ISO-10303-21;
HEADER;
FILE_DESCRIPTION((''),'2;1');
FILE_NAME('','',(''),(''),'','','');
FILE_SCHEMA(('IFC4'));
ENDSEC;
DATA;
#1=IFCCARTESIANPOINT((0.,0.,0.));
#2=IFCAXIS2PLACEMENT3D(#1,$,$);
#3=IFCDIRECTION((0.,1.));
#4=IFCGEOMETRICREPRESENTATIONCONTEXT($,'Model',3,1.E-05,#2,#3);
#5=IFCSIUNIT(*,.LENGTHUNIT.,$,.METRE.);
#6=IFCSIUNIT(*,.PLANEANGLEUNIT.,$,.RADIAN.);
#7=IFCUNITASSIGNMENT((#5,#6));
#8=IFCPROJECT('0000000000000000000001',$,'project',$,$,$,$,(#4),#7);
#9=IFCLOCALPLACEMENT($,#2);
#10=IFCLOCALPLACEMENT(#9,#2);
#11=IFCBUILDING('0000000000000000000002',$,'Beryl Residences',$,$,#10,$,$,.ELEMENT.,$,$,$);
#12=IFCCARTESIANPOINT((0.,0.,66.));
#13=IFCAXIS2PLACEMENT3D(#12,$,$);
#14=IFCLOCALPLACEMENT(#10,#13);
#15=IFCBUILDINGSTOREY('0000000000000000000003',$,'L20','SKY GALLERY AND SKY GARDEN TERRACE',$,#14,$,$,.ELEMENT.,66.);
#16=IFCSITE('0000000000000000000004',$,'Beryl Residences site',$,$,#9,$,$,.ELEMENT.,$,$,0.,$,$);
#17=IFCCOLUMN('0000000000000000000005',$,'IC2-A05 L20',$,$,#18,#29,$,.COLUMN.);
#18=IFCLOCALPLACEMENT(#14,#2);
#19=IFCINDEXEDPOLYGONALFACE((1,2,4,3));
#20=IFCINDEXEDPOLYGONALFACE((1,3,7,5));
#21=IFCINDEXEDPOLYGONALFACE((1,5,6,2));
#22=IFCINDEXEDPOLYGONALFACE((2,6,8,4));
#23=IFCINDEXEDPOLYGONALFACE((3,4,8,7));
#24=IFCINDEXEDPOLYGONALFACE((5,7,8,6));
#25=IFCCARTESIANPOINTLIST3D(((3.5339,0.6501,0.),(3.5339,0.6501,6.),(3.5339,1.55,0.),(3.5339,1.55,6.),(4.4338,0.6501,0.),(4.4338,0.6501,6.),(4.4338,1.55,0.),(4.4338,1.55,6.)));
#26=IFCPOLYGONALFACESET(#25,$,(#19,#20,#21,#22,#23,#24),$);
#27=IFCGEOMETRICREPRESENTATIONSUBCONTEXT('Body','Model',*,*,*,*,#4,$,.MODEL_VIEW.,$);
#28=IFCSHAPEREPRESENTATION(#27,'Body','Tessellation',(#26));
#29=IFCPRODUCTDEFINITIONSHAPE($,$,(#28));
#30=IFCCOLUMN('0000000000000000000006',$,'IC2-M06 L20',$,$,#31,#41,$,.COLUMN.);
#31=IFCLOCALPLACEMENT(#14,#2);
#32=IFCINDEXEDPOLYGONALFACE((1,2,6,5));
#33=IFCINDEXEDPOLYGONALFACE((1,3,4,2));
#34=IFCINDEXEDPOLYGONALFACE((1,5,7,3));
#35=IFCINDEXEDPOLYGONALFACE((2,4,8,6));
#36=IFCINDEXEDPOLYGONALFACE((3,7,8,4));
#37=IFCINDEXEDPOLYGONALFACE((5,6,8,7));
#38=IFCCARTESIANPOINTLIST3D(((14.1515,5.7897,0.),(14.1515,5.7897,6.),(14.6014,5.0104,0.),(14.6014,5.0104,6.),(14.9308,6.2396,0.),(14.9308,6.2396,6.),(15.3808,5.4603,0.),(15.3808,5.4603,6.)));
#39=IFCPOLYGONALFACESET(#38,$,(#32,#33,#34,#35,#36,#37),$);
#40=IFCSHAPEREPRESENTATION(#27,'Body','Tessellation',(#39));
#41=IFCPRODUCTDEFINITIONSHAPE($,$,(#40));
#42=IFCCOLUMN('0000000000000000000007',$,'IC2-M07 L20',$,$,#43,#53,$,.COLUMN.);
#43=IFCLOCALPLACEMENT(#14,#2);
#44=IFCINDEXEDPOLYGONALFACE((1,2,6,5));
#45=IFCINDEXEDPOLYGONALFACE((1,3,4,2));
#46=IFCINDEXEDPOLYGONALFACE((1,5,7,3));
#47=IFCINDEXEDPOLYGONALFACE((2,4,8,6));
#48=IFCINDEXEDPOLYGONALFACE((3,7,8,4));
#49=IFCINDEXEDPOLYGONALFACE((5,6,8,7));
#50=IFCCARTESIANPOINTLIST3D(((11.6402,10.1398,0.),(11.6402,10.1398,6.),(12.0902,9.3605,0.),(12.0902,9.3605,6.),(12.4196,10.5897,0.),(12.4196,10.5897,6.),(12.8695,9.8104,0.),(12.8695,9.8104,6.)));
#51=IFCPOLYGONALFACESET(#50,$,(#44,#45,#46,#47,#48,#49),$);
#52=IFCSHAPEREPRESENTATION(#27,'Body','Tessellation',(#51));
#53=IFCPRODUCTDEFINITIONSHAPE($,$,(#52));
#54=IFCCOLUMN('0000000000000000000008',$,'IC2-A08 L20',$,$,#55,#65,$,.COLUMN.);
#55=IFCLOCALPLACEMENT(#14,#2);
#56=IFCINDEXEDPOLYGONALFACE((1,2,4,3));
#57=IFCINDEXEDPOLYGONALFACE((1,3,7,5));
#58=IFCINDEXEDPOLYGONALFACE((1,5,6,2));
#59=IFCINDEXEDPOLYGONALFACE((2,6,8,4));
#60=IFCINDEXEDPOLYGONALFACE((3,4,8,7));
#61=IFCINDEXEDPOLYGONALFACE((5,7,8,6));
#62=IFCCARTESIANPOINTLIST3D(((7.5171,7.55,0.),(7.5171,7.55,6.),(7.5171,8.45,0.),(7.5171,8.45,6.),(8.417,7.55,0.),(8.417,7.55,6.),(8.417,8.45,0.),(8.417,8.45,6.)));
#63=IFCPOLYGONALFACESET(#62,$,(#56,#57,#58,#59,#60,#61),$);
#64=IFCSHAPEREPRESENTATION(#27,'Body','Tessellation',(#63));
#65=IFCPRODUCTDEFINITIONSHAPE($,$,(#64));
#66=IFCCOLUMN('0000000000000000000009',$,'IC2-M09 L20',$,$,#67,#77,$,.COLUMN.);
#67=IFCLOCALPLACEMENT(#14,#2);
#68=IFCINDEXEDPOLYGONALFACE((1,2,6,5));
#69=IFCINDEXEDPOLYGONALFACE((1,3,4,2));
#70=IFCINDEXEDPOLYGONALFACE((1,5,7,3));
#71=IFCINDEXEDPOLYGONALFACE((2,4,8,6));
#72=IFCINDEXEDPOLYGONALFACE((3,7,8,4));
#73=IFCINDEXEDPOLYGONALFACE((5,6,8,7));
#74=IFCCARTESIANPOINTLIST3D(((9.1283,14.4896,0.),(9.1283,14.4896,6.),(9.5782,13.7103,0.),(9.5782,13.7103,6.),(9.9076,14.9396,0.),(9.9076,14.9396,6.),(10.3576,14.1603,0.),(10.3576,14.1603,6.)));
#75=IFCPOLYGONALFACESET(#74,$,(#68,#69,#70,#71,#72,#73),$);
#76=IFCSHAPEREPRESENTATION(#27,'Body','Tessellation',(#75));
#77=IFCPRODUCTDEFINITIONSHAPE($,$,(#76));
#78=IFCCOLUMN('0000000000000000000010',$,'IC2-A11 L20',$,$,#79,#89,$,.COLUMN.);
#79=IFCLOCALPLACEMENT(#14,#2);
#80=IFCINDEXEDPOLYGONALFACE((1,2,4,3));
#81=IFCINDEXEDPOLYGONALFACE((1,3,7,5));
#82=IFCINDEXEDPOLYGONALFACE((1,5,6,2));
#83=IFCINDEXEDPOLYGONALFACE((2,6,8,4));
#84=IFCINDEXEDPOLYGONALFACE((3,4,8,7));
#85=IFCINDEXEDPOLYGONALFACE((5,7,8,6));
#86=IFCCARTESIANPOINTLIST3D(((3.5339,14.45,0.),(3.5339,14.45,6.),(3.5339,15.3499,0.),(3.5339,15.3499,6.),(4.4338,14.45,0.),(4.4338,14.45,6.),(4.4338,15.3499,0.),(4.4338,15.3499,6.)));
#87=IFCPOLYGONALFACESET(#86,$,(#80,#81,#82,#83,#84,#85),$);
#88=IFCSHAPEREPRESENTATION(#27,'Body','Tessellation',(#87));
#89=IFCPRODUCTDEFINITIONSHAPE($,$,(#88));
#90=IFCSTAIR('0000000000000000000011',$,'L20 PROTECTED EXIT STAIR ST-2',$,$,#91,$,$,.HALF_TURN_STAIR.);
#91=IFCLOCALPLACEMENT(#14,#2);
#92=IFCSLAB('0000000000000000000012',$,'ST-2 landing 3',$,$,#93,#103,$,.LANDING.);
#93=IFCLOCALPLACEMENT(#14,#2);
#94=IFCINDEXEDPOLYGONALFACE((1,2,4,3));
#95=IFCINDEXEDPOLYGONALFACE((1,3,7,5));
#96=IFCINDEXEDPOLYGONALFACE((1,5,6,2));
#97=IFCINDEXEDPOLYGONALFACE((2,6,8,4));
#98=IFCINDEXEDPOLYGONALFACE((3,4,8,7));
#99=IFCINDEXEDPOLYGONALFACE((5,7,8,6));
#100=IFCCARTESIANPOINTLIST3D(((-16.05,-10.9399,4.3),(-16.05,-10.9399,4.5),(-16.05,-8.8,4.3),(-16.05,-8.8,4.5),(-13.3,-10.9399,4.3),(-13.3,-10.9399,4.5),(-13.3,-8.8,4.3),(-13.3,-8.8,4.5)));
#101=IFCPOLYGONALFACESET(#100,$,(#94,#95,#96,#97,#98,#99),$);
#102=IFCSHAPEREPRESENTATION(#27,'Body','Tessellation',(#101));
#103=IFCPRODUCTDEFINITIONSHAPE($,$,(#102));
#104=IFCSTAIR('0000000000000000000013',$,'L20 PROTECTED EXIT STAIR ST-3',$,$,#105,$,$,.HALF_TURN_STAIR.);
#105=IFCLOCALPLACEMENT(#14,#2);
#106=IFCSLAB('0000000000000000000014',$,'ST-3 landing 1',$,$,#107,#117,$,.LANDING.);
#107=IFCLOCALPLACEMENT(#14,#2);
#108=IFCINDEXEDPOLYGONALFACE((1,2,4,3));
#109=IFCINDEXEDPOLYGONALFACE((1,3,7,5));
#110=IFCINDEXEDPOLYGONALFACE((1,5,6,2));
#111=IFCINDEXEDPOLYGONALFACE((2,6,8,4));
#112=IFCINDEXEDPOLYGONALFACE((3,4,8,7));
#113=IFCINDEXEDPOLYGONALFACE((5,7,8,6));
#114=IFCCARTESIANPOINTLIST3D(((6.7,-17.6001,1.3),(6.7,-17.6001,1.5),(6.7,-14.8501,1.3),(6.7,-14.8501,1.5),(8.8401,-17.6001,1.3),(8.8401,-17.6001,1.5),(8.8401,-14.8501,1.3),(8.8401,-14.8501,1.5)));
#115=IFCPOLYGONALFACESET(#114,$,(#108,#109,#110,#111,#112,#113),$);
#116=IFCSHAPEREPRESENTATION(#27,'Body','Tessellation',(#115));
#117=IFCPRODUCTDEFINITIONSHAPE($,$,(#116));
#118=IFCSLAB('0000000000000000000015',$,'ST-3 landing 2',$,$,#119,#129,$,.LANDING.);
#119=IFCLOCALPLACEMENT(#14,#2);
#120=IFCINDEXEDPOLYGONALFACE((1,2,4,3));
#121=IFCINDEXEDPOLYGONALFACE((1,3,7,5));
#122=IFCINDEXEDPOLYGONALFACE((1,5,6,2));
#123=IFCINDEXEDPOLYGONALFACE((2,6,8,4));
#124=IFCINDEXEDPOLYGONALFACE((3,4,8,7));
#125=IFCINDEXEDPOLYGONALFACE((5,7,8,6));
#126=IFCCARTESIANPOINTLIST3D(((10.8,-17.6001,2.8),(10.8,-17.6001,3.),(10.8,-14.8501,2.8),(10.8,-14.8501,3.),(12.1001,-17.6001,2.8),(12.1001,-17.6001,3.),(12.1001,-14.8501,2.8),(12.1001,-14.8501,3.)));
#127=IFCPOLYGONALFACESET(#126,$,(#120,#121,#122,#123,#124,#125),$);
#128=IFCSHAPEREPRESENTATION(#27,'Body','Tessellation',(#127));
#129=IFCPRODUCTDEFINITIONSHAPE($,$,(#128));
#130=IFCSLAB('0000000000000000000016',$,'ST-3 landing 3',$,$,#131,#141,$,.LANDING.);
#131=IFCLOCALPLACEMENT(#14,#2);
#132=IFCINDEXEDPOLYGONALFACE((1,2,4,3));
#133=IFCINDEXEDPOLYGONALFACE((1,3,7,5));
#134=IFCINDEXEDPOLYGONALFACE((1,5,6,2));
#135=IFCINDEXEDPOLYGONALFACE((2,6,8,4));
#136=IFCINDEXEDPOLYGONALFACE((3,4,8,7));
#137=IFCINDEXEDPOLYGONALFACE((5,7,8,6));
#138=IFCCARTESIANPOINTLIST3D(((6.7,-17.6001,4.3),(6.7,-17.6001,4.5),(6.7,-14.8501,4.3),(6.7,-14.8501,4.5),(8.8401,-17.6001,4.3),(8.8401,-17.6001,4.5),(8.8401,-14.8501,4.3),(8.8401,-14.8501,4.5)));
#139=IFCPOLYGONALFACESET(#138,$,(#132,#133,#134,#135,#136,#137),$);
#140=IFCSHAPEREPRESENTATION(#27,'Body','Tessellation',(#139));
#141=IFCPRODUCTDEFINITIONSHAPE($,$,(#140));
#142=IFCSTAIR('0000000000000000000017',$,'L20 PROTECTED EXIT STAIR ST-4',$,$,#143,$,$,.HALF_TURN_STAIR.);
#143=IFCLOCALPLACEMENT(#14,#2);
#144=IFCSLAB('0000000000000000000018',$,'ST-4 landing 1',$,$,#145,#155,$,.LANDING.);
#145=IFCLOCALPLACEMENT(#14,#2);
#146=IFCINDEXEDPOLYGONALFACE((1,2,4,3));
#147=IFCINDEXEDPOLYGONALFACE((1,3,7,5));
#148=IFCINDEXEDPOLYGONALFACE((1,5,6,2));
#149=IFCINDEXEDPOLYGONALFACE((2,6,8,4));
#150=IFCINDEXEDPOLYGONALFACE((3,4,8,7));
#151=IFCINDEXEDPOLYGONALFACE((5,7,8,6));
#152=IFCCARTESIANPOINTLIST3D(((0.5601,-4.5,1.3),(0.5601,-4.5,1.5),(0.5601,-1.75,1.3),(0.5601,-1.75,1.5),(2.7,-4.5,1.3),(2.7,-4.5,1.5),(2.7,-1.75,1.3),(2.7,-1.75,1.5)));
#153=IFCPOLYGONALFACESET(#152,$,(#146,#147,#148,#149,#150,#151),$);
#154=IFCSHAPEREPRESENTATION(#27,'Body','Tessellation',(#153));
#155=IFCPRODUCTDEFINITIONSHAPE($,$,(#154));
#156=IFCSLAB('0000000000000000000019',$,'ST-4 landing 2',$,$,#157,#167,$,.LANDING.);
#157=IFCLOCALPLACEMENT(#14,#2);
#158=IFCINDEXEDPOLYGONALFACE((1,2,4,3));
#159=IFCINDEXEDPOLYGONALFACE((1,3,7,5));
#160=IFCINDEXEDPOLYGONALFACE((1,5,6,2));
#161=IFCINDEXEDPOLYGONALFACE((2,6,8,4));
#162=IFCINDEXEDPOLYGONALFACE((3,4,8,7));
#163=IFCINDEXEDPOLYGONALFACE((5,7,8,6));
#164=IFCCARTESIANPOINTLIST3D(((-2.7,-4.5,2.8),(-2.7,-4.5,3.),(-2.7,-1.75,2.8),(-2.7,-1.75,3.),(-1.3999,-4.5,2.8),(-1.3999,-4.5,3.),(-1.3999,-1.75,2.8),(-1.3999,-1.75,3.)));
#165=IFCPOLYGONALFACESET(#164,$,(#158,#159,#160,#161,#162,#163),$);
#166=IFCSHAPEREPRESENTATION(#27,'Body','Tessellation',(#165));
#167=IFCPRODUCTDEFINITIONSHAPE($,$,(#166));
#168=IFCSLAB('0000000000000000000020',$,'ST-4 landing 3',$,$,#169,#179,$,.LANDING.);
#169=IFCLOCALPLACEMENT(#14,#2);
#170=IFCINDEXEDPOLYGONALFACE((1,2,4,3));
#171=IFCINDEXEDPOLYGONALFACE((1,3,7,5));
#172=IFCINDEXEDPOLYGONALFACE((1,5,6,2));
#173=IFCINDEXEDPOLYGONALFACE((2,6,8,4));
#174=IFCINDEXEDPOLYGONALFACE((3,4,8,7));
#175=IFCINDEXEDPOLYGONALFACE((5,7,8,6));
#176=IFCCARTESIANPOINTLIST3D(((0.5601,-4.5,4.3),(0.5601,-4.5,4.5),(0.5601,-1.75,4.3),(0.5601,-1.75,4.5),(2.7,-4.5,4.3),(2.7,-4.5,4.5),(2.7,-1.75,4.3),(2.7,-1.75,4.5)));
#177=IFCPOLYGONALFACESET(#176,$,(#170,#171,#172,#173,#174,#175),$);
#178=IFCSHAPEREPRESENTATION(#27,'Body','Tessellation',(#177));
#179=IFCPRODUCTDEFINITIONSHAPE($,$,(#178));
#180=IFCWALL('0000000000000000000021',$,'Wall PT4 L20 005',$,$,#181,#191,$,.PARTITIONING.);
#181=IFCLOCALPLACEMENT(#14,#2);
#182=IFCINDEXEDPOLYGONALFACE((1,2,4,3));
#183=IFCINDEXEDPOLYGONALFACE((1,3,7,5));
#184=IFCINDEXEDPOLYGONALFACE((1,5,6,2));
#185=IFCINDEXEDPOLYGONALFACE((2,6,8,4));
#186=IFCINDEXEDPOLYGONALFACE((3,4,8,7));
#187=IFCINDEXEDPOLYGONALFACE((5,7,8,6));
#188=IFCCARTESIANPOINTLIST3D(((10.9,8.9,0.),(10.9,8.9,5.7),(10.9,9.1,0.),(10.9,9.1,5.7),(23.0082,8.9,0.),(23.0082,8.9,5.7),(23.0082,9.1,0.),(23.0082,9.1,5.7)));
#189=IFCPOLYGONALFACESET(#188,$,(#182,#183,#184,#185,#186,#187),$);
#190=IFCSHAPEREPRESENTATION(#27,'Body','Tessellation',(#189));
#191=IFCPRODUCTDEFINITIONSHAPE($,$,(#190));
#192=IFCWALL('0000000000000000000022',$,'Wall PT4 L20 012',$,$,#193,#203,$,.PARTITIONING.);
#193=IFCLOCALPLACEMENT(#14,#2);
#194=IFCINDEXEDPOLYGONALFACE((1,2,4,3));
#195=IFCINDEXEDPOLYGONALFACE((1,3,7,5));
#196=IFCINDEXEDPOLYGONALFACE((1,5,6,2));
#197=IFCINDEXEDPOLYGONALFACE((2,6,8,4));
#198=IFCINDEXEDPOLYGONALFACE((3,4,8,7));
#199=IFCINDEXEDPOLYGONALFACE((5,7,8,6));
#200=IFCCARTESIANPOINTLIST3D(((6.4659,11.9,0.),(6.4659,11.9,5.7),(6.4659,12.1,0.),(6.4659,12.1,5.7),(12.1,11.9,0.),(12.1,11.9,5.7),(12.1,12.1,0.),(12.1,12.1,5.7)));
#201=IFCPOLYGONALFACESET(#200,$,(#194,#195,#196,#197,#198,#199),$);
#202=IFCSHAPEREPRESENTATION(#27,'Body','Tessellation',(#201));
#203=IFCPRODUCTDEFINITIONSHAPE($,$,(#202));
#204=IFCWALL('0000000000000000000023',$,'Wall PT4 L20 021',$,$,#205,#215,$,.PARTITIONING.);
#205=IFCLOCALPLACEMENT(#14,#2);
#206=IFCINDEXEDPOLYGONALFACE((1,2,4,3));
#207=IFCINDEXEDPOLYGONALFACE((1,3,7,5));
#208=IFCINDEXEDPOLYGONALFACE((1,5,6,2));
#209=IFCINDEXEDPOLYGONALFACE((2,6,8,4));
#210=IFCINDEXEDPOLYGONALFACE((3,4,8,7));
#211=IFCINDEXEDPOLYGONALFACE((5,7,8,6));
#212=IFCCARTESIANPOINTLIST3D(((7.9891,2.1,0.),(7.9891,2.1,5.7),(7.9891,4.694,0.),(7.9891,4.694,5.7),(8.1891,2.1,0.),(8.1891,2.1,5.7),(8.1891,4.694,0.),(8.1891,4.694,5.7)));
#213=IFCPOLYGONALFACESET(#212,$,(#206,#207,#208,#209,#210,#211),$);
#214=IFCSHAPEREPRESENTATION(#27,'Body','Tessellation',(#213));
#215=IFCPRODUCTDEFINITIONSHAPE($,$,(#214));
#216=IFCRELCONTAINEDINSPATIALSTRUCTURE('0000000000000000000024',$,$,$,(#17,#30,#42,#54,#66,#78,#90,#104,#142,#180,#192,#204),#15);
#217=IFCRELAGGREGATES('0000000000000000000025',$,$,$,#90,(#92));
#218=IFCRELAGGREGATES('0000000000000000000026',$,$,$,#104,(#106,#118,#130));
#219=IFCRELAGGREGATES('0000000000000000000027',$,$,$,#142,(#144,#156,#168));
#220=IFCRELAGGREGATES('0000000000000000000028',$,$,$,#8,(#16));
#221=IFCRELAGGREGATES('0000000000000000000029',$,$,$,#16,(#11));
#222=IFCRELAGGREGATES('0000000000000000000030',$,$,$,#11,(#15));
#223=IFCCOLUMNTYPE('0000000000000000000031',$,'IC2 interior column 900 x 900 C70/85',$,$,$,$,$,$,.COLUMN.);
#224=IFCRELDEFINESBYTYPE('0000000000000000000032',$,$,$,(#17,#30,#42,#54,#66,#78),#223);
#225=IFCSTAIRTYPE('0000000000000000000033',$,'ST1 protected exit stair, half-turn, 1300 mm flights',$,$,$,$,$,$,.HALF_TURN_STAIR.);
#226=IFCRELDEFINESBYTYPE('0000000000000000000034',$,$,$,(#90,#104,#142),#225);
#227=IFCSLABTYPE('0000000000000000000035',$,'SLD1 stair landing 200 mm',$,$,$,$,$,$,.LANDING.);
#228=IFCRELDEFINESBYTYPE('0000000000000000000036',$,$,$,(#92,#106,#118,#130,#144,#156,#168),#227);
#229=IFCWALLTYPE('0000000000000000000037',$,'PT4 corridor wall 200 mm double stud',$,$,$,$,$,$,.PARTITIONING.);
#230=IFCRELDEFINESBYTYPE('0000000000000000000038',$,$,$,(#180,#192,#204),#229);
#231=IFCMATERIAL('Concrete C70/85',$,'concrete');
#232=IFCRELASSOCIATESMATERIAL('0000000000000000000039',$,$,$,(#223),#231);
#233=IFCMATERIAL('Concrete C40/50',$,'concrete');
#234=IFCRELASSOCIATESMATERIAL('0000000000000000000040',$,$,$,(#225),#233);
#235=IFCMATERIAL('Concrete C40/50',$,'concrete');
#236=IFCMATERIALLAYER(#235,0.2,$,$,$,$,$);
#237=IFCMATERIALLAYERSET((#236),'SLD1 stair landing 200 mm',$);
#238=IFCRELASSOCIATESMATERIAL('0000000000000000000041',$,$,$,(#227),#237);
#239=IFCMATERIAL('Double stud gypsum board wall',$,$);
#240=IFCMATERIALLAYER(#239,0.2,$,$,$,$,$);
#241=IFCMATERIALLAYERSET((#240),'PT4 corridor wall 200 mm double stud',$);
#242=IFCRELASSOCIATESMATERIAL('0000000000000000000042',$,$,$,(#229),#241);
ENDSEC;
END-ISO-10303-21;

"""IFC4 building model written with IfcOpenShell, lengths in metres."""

from ifc_helpers import new_model, si_unit, direction, frame, frame_2d, origin, origin_2d, place, context, subcontext, project, spatial, polyline, rectangle, outline, extrude, material, layer, layer_set, material_profile, profile_set, type_object, element, aggregate, save


model = new_model("IFC4")

# Units and contexts
model_context = context("Model", 3, precision=1e-05, world=origin(), true_north=direction((0.0, 1.0)))
body_context = subcontext(model_context, "Body", "Model", "MODEL_VIEW")
ifc_project = project(units=[si_unit("LENGTHUNIT", "METRE"), si_unit("PLANEANGLEUNIT", "RADIAN")], contexts=[model_context])

# Site, building, storey
site_placement = place(None, origin())
site = spatial("IfcSite", under=ifc_project, at=site_placement, Name="Beryl Residences site", CompositionType="ELEMENT", RefElevation=0.0)
building_placement = place(site_placement, origin())
building = spatial("IfcBuilding", under=site, at=building_placement, Name="Beryl Residences", CompositionType="ELEMENT")
storey_placement = place(building_placement, frame((0.0, 0.0, 66.0)))
storey = spatial("IfcBuildingStorey", under=building, at=storey_placement, Name="L20", Description="SKY GALLERY AND SKY GARDEN TERRACE", CompositionType="ELEMENT", Elevation=66.0)

# Columns
ifc_material_1 = material(Name="Concrete C70/85", Category="concrete")
ifc_material_profile = material_profile(ifc_material_1, rectangle(XDim=0.8999, YDim=0.8999, at=origin_2d()))
ifc_profile_set = profile_set([ifc_material_profile], Name="Concrete C70/85")
column_type = type_object("IfcColumnType", Name="IC2 interior column 900 x 900 C70/85", PredefinedType="COLUMN", material=ifc_profile_set)
for number, where, z_axis, x_axis, name in (
    (1, (3.9839, 1.1001, 0.0), (0.0, 0.0, 1.0), (1.0, 0.0, 0.0), "IC2-A05 L20"),
    (2, (14.7661, 5.625, 0.0), (0.0, 0.0, 1.0), (-0.5, 0.866025, 0.0), "IC2-M06 L20"),
    (3, (12.2549, 9.9751, 0.0), (0.0, 0.0, 1.0), (-0.5, 0.866025, 0.0), "IC2-M07 L20"),
    (4, (7.967, 8.0, 0.0), (0.0, 0.0, 1.0), (1.0, 0.0, 0.0), "IC2-A08 L20"),
    (5, (9.7429, 14.325, 0.0), (0.0, 0.0, 1.0), (-0.5, 0.866025, 0.0), "IC2-M09 L20"),
    (6, (3.9839, 14.8999, 0.0), (0.0, 0.0, 1.0), (1.0, 0.0, 0.0), "IC2-A11 L20"),
):
    element("IfcColumn", number, at=place(storey_placement, frame(where, z_axis=z_axis, x_axis=x_axis)), inside=storey, type_object=column_type, Name=name, PredefinedType="COLUMN", context=body_context, shape_type="SweptSolid", body=[
        extrude(rectangle(XDim=0.8999, YDim=0.8999, at=origin_2d()), origin(), (0.0, 0.0, 1.0), 6.0),
    ])

# Stair, slab
ifc_material_2 = material(Name="Concrete C40/50", Category="concrete")
stair_type = type_object("IfcStairType", Name="ST1 protected exit stair, half-turn, 1300 mm flights", PredefinedType="HALF_TURN_STAIR", material=ifc_material_2)
stair_1_placement = place(storey_placement, origin())
stair_1 = element("IfcStair", 7, at=stair_1_placement, inside=storey, type_object=stair_type, Name="L20 PROTECTED EXIT STAIR ST-2", PredefinedType="HALF_TURN_STAIR")
ifc_material_3 = material(Name="Concrete C40/50", Category="concrete")
ifc_layer_1 = layer(ifc_material_3, 0.2)
ifc_layer_set_1 = layer_set([ifc_layer_1], Name="SLD1 stair landing 200 mm")
slab_type = type_object("IfcSlabType", Name="SLD1 stair landing 200 mm", PredefinedType="LANDING", material=ifc_layer_set_1)
slab_1_placement = place(storey_placement, frame((0.0, 0.0, 4.3)))
slab_1 = element("IfcSlab", 8, at=slab_1_placement, type_object=slab_type, Name="ST-2 landing 3", PredefinedType="LANDING", context=body_context, shape_type="SweptSolid", body=[
    extrude(outline(polyline([(-13.3, -10.9399), (-13.3, -8.8), (-16.05, -8.8), (-16.05, -10.9399), (-13.3, -10.9399)])), origin(), (0.0, 0.0, 1.0), 0.2),
])
aggregate(stair_1, [slab_1])

# Stairs, slabs
stair_2_placement = place(storey_placement, origin())
stair_2 = element("IfcStair", 9, at=stair_2_placement, inside=storey, type_object=stair_type, Name="L20 PROTECTED EXIT STAIR ST-3", PredefinedType="HALF_TURN_STAIR")
slab_2_placement = place(storey_placement, frame((0.0, 0.0, 1.3)))
slab_2 = element("IfcSlab", 10, at=slab_2_placement, type_object=slab_type, Name="ST-3 landing 1", PredefinedType="LANDING", context=body_context, shape_type="SweptSolid", body=[
    extrude(outline(polyline([(8.8401, -14.8501), (6.7, -14.8501), (6.7, -17.6001), (8.8401, -17.6001), (8.8401, -14.8501)])), origin(), (0.0, 0.0, 1.0), 0.2),
])
slab_3_placement = place(storey_placement, frame((0.0, 0.0, 2.8)))
slab_3 = element("IfcSlab", 11, at=slab_3_placement, type_object=slab_type, Name="ST-3 landing 2", PredefinedType="LANDING", context=body_context, shape_type="SweptSolid", body=[
    extrude(outline(polyline([(12.1001, -14.8501), (10.8, -14.8501), (10.8, -17.6001), (12.1001, -17.6001), (12.1001, -14.8501)])), origin(), (0.0, 0.0, 1.0), 0.2),
])
slab_4_placement = place(storey_placement, frame((0.0, 0.0, 4.3)))
slab_4 = element("IfcSlab", 12, at=slab_4_placement, type_object=slab_type, Name="ST-3 landing 3", PredefinedType="LANDING", context=body_context, shape_type="SweptSolid", body=[
    extrude(outline(polyline([(8.8401, -14.8501), (6.7, -14.8501), (6.7, -17.6001), (8.8401, -17.6001), (8.8401, -14.8501)])), origin(), (0.0, 0.0, 1.0), 0.2),
])
aggregate(stair_2, [slab_2, slab_3, slab_4])
stair_3_placement = place(storey_placement, origin())
stair_3 = element("IfcStair", 13, at=stair_3_placement, inside=storey, type_object=stair_type, Name="L20 PROTECTED EXIT STAIR ST-4", PredefinedType="HALF_TURN_STAIR")
slab_5_placement = place(storey_placement, frame((0.0, 0.0, 1.3)))
slab_5 = element("IfcSlab", 14, at=slab_5_placement, type_object=slab_type, Name="ST-4 landing 1", PredefinedType="LANDING", context=body_context, shape_type="SweptSolid", body=[
    extrude(outline(polyline([(0.5601, -4.5), (2.7, -4.5), (2.7, -1.75), (0.5601, -1.75), (0.5601, -4.5)])), origin(), (0.0, 0.0, 1.0), 0.2),
])
slab_6_placement = place(storey_placement, frame((0.0, 0.0, 2.8)))
slab_6 = element("IfcSlab", 15, at=slab_6_placement, type_object=slab_type, Name="ST-4 landing 2", PredefinedType="LANDING", context=body_context, shape_type="SweptSolid", body=[
    extrude(outline(polyline([(-2.7, -4.5), (-1.3999, -4.5), (-1.3999, -1.75), (-2.7, -1.75), (-2.7, -4.5)])), origin(), (0.0, 0.0, 1.0), 0.2),
])
slab_7_placement = place(storey_placement, frame((0.0, 0.0, 4.3)))
slab_7 = element("IfcSlab", 16, at=slab_7_placement, type_object=slab_type, Name="ST-4 landing 3", PredefinedType="LANDING", context=body_context, shape_type="SweptSolid", body=[
    extrude(outline(polyline([(0.5601, -4.5), (2.7, -4.5), (2.7, -1.75), (0.5601, -1.75), (0.5601, -4.5)])), origin(), (0.0, 0.0, 1.0), 0.2),
])
aggregate(stair_3, [slab_5, slab_6, slab_7])

# Walls
ifc_material_4 = material(Name="Double stud gypsum board wall")
ifc_layer_2 = layer(ifc_material_4, 0.2)
ifc_layer_set_2 = layer_set([ifc_layer_2], Name="PT4 corridor wall 200 mm double stud")
wall_type_1 = type_object("IfcWallType", Name="PT4 corridor wall 200 mm double stud", PredefinedType="PARTITIONING", material=ifc_layer_set_2)
wall_1_placement = place(storey_placement, frame((10.8999, 9.0, 0.0), z_axis=(0.0, 0.0, 1.0), x_axis=(1.0, 0.0, 0.0)))
element("IfcWall", 17, at=wall_1_placement, inside=storey, type_object=wall_type_1, Name="Wall PT4 L20 005", PredefinedType="PARTITIONING", context=body_context, shape_type="SweptSolid", body=[
    extrude(rectangle(XDim=12.1082, YDim=0.2, at=frame_2d((6.0542, 0.0))), origin(), (0.0, 0.0, 1.0), 5.7),
])
wall_2_placement = place(storey_placement, frame((6.4661, 12.0, 0.0), z_axis=(0.0, 0.0, 1.0), x_axis=(1.0, 0.0, 0.0)))
element("IfcWall", 18, at=wall_2_placement, inside=storey, type_object=wall_type_1, Name="Wall PT4 L20 012", PredefinedType="PARTITIONING", context=body_context, shape_type="SweptSolid", body=[
    extrude(rectangle(XDim=5.634, YDim=0.2, at=frame_2d((2.8169, 0.0))), origin(), (0.0, 0.0, 1.0), 5.7),
])
wall_3_placement = place(storey_placement, frame((8.0891, 2.1001, 0.0), z_axis=(0.0, 0.0, 1.0), x_axis=(0.0, 1.0, 0.0)))
element("IfcWall", 19, at=wall_3_placement, inside=storey, type_object=wall_type_1, Name="Wall PT4 L20 021", PredefinedType="PARTITIONING", context=body_context, shape_type="SweptSolid", body=[
    extrude(rectangle(XDim=2.594, YDim=0.2, at=frame_2d((1.2969, 0.0))), origin(), (0.0, 0.0, 1.0), 5.7),
])

save(model, "model.ifc")
